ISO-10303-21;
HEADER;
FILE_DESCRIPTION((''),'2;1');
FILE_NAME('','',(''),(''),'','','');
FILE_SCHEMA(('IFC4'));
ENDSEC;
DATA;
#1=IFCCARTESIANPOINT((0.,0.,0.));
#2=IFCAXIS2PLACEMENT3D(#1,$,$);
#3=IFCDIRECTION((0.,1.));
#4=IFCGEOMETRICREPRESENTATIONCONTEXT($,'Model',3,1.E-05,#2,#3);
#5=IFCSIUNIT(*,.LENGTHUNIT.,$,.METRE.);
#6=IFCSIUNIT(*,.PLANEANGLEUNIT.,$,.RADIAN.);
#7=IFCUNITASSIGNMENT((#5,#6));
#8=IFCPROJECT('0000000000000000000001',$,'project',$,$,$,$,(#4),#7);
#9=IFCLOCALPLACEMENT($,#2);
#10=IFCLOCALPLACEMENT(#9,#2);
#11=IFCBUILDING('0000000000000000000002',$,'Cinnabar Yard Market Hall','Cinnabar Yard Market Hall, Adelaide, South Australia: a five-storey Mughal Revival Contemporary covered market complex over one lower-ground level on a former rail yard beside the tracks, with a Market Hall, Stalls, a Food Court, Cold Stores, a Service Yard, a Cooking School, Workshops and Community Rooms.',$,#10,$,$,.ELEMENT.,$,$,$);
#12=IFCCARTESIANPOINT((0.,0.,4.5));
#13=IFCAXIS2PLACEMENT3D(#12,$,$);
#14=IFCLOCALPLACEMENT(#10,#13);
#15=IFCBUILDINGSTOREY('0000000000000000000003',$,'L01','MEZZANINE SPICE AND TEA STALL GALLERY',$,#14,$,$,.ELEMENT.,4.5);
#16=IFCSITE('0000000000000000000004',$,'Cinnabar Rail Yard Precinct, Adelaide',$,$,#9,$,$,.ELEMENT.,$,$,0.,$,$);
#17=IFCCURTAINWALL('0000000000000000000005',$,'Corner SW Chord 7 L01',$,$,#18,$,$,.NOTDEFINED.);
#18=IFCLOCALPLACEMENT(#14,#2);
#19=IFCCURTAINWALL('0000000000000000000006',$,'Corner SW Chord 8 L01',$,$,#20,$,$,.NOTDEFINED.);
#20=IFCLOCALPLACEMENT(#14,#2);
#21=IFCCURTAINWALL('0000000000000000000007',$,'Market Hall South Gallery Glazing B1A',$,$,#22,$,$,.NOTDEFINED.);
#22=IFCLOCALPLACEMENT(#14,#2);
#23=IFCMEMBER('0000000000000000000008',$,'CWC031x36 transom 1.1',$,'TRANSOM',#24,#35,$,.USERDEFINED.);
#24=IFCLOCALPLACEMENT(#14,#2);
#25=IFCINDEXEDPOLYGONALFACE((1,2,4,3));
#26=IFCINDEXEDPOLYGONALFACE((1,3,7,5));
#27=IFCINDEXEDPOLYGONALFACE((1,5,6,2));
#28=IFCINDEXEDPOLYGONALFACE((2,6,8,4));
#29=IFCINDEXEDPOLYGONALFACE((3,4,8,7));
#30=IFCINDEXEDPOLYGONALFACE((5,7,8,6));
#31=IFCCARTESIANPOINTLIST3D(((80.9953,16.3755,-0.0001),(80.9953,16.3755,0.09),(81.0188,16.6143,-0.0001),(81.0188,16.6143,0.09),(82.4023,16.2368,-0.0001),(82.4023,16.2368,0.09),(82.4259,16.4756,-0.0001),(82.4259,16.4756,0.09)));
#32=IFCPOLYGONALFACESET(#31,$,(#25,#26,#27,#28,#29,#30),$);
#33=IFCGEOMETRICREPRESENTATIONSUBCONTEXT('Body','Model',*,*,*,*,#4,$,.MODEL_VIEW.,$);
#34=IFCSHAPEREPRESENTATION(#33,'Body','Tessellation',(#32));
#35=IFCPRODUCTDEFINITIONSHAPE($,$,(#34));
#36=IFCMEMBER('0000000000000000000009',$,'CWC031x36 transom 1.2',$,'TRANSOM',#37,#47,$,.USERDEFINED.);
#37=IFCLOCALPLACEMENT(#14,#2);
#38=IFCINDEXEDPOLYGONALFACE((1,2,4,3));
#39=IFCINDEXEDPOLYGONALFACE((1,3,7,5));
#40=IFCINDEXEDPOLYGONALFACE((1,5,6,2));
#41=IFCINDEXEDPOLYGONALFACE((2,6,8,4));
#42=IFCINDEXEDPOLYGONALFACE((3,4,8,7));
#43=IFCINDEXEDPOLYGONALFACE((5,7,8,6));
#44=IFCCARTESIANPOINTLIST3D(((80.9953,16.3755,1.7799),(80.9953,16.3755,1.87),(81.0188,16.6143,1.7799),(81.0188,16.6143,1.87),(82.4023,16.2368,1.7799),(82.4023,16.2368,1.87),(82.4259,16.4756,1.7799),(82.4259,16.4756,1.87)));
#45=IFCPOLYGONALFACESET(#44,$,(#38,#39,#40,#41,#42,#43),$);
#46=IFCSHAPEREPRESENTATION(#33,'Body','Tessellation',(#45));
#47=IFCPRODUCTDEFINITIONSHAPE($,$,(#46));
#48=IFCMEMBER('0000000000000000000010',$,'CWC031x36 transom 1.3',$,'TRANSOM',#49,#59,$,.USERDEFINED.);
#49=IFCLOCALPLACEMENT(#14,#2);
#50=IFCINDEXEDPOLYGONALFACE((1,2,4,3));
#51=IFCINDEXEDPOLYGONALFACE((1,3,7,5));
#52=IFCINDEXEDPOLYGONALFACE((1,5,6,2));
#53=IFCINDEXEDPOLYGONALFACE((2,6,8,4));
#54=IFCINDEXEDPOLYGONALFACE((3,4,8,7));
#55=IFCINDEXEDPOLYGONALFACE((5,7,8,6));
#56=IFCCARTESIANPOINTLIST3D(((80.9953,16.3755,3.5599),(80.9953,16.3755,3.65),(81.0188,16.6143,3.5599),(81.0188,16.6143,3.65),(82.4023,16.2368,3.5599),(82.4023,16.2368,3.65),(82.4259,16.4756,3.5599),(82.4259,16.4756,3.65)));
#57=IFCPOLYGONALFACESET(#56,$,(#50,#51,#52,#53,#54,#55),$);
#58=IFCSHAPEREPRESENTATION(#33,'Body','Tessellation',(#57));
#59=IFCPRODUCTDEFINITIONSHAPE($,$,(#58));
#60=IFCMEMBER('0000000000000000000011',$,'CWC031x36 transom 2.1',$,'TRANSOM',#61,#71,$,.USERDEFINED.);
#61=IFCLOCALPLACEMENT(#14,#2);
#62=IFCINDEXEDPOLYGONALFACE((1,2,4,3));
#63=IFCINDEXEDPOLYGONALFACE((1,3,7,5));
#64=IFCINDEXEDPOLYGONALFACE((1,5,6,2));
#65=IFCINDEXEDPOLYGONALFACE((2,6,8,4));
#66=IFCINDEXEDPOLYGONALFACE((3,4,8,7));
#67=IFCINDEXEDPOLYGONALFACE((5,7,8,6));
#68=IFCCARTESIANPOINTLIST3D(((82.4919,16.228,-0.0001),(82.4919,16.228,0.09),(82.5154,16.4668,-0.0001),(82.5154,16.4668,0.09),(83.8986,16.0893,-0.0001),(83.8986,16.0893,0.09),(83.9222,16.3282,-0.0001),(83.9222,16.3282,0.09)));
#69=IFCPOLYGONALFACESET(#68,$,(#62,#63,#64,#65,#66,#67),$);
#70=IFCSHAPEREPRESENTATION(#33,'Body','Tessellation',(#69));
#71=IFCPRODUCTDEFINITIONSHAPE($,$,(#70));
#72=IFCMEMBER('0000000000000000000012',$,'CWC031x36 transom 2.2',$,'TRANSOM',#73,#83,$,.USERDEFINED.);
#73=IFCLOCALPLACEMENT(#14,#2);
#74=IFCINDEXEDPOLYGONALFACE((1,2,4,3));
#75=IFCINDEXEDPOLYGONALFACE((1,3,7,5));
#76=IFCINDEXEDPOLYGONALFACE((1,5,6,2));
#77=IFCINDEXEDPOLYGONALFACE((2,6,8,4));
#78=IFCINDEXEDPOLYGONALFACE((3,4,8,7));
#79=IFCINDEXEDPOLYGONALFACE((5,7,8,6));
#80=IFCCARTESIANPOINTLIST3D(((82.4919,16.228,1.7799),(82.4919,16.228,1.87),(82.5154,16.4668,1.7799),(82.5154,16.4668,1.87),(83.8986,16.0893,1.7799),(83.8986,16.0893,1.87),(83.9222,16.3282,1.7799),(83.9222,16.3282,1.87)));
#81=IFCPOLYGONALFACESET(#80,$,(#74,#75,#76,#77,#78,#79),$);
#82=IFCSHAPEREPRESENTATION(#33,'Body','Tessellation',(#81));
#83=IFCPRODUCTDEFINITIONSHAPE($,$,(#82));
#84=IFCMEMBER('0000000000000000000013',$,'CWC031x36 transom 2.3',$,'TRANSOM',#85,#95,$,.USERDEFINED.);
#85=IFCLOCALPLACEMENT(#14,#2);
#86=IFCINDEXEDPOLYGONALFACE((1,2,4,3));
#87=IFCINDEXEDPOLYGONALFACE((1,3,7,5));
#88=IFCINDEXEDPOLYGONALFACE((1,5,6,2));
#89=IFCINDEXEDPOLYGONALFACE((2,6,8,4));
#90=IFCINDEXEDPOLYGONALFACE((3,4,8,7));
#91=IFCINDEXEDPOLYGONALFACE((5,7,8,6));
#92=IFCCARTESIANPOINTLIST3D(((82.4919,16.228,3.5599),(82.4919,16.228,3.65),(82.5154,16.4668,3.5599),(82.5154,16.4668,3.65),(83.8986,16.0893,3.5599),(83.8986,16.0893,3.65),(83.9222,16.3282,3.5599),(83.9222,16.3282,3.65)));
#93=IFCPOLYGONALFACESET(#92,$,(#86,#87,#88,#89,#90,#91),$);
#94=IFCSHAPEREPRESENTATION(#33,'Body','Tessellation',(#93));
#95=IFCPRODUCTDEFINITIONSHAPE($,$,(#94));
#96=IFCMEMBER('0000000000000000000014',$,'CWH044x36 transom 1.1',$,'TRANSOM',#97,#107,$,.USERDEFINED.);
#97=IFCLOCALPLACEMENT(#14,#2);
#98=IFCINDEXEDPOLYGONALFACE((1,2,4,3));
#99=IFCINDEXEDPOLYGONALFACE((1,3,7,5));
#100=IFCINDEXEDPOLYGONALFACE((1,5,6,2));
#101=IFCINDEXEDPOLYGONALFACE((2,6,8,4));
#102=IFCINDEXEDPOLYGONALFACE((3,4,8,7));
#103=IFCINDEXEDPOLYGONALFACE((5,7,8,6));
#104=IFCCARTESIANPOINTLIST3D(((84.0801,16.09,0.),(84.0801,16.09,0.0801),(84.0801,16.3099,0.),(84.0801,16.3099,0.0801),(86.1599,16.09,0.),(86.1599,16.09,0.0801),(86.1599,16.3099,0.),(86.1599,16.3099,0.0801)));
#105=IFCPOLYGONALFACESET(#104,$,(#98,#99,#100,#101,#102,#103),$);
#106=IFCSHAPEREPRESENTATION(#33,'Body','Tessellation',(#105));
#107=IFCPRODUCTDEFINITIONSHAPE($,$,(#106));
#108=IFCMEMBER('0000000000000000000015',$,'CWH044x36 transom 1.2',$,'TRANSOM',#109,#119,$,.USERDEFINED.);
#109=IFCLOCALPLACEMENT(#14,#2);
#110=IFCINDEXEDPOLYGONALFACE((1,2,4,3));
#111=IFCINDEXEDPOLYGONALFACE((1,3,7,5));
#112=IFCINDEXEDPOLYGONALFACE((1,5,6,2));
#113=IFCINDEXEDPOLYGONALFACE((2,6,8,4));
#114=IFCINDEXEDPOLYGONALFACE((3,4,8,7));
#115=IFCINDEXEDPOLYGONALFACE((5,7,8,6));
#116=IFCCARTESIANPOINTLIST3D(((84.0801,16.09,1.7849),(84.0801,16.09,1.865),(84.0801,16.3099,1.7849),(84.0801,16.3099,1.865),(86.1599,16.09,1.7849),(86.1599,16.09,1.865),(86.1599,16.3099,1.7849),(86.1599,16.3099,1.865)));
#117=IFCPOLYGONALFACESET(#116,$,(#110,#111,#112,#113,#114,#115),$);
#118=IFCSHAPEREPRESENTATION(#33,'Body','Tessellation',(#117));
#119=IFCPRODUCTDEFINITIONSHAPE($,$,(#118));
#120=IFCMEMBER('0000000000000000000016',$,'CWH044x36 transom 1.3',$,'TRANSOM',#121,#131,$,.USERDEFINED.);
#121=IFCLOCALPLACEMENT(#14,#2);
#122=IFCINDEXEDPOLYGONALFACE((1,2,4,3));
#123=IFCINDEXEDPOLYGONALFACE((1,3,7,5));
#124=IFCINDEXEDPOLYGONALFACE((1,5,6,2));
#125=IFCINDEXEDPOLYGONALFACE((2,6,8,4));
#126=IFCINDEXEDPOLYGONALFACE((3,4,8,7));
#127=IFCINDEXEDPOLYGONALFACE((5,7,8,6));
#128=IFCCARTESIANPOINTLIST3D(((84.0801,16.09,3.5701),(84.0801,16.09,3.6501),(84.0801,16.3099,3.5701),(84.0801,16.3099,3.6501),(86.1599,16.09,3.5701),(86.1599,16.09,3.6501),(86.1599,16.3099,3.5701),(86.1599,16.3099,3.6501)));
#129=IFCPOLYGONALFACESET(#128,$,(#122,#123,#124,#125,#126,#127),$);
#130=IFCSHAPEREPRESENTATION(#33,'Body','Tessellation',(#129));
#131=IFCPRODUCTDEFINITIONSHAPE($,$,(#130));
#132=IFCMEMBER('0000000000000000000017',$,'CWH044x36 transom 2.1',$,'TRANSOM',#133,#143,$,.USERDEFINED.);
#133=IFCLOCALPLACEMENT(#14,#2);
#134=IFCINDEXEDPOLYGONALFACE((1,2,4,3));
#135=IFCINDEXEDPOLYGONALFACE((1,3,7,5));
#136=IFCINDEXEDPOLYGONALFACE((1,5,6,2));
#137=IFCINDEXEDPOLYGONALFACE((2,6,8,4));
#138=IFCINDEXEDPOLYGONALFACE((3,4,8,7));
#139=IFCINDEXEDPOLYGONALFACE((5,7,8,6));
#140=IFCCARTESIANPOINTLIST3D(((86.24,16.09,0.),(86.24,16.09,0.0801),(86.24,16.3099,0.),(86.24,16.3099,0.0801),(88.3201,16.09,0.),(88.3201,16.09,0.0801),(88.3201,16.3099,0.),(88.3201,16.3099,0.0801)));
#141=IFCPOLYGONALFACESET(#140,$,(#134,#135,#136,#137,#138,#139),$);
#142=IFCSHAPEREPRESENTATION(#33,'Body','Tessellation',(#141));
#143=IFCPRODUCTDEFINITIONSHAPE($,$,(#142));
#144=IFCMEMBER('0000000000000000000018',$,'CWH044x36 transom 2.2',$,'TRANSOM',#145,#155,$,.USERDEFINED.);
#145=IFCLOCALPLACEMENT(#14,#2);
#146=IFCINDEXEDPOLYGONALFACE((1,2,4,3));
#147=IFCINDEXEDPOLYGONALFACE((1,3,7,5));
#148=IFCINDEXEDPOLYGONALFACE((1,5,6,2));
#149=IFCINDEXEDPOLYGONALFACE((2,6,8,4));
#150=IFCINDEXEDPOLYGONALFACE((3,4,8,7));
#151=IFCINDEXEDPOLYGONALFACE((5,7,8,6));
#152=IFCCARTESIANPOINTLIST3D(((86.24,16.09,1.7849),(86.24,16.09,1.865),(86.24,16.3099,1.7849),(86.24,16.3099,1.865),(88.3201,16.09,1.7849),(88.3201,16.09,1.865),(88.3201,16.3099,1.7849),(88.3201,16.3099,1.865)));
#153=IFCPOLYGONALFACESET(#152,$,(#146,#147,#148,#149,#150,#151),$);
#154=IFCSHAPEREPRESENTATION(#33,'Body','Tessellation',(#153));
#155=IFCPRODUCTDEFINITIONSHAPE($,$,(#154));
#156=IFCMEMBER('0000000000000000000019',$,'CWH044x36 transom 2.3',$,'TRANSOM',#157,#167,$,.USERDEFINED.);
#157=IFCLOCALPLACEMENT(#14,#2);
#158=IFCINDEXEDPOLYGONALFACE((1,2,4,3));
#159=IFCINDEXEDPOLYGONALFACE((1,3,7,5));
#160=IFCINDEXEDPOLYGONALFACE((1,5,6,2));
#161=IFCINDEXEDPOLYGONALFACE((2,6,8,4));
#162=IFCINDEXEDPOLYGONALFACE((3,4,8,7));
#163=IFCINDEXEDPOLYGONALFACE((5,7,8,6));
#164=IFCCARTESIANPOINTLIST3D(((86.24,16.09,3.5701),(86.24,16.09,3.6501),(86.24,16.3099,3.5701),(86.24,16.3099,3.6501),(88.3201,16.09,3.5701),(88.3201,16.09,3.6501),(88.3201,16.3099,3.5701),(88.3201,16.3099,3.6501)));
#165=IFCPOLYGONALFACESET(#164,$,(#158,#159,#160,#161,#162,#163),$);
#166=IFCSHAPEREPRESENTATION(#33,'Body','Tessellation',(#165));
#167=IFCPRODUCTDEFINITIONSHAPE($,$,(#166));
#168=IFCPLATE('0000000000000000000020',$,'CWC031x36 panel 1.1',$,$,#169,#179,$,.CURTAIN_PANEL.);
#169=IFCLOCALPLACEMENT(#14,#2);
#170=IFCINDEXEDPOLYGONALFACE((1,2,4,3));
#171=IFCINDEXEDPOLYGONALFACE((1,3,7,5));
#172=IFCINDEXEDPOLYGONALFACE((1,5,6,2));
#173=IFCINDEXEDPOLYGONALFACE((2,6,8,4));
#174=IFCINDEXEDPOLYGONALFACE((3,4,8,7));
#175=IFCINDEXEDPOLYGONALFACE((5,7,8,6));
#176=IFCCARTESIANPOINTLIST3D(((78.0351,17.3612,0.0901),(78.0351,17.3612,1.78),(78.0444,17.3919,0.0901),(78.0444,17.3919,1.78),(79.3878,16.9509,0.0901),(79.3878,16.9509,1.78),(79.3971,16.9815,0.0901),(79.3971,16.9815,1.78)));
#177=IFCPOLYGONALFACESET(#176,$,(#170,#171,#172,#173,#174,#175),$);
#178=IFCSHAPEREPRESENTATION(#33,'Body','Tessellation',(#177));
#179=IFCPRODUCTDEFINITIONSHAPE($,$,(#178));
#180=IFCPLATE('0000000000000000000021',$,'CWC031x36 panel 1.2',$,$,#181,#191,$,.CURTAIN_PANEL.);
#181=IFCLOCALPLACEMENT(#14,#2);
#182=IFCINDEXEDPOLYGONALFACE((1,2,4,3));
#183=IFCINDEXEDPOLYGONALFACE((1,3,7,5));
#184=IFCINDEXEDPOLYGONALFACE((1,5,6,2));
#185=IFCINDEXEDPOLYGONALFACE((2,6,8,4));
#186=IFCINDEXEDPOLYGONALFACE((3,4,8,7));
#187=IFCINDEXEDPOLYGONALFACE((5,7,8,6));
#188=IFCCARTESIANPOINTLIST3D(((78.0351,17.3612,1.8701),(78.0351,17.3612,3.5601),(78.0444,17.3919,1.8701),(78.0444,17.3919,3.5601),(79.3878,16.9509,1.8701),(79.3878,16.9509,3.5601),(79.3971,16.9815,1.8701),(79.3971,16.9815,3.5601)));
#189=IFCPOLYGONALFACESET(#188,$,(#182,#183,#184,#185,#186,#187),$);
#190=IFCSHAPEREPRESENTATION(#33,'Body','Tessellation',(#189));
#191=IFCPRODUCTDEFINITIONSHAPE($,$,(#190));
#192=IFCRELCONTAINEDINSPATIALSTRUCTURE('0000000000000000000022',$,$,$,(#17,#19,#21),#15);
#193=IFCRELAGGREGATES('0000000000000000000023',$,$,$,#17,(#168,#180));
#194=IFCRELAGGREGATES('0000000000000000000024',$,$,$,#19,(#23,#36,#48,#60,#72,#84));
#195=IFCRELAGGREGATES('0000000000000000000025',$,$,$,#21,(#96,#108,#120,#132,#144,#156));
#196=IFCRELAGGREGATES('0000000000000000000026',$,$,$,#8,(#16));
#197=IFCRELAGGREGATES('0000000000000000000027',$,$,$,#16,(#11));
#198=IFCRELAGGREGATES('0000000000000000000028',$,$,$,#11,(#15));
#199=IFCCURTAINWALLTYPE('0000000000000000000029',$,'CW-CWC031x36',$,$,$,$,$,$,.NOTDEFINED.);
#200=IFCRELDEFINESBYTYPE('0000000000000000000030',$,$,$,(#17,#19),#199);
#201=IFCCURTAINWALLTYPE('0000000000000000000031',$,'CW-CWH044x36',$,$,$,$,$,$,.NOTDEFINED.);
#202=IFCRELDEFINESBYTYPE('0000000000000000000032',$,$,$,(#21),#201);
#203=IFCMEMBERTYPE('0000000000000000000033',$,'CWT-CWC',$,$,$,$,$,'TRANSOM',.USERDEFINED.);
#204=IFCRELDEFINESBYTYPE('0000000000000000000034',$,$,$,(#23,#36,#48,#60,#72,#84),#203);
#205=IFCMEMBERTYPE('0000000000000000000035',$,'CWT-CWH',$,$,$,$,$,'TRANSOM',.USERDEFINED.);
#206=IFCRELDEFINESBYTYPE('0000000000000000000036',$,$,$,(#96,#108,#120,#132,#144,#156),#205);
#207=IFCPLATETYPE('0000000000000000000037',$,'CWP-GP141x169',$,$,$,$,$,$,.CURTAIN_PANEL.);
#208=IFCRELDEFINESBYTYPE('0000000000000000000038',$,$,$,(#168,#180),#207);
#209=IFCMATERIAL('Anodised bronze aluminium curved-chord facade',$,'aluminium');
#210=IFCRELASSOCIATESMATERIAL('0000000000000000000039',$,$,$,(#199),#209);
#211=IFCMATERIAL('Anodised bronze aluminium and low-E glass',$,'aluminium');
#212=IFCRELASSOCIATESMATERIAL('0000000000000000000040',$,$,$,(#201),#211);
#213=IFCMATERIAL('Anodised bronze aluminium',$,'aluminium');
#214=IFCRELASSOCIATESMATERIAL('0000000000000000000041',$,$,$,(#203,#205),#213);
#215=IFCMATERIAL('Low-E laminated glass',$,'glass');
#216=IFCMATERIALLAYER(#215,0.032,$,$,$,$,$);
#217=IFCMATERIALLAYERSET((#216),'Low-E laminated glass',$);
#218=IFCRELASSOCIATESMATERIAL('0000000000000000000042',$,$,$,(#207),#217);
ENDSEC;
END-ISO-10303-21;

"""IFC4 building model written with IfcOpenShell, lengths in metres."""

from ifc_helpers import new_model, si_unit, direction, frame, origin, origin_2d_with_axis, place, context, subcontext, project, spatial, rectangle, extrude, material, layer, layer_set, material_profile, profile_set, type_object, element, aggregate, save


model = new_model("IFC4")

# Units and contexts
model_context = context("Model", 3, precision=1e-05, world=origin(), true_north=direction((0.0, 1.0)))
body_context = subcontext(model_context, "Body", "Model", "MODEL_VIEW")
ifc_project = project(units=[si_unit("LENGTHUNIT", "METRE"), si_unit("PLANEANGLEUNIT", "RADIAN")], contexts=[model_context])

# Site, building, storey
site_placement = place(None, origin())
site = spatial("IfcSite", under=ifc_project, at=site_placement, Name="Cinnabar Rail Yard Precinct, Adelaide", CompositionType="ELEMENT", RefElevation=0.0)
building_placement = place(site_placement, origin())
building = spatial("IfcBuilding", under=site, at=building_placement, Name="Cinnabar Yard Market Hall", Description="Cinnabar Yard Market Hall, Adelaide, South Australia: a five-storey Mughal Revival Contemporary covered market complex over one lower-ground level on a former rail yard beside the tracks, with a Market Hall, Stalls, a Food Court, Cold Stores, a Service Yard, a Cooking School, Workshops and Community Rooms.", CompositionType="ELEMENT")
storey_placement = place(building_placement, frame((0.0, 0.0, 4.5)))
storey = spatial("IfcBuildingStorey", under=building, at=storey_placement, Name="L01", Description="MEZZANINE SPICE AND TEA STALL GALLERY", CompositionType="ELEMENT", Elevation=4.5)

# Curtain walls
ifc_material_1 = material(Name="Anodised bronze aluminium curved-chord facade", Category="aluminium")
curtain_wall_type_1 = type_object("IfcCurtainWallType", Name="CW-CWC031x36", PredefinedType="NOTDEFINED", material=ifc_material_1)
curtain_wall_1_placement = place(storey_placement, origin())
curtain_wall_1 = element("IfcCurtainWall", 1, at=curtain_wall_1_placement, inside=storey, type_object=curtain_wall_type_1, Name="Corner SW Chord 7 L01", PredefinedType="NOTDEFINED")
ifc_material_2 = material(Name="Anodised bronze aluminium", Category="aluminium")
curtain_wall_2_placement = place(storey_placement, origin())
curtain_wall_2 = element("IfcCurtainWall", 2, at=curtain_wall_2_placement, inside=storey, type_object=curtain_wall_type_1, Name="Corner SW Chord 8 L01", PredefinedType="NOTDEFINED")
ifc_material_3 = material(Name="Anodised bronze aluminium and low-E glass", Category="aluminium")
curtain_wall_type_2 = type_object("IfcCurtainWallType", Name="CW-CWH044x36", PredefinedType="NOTDEFINED", material=ifc_material_3)
curtain_wall_3_placement = place(storey_placement, origin())
curtain_wall_3 = element("IfcCurtainWall", 3, at=curtain_wall_3_placement, inside=storey, type_object=curtain_wall_type_2, Name="Market Hall South Gallery Glazing B1A", PredefinedType="NOTDEFINED")

# Members
ifc_material_profile_1 = material_profile(ifc_material_2, rectangle(XDim=0.24, YDim=0.0901, at=origin_2d_with_axis()), Name="TRN-CWC")
ifc_profile_set_1 = profile_set([ifc_material_profile_1], Name="Anodised bronze aluminium")
member_type_1 = type_object("IfcMemberType", Name="CWT-CWC", ElementType="TRANSOM", PredefinedType="USERDEFINED", material=ifc_profile_set_1)
member_1_placement = place(storey_placement, frame((81.0071, 16.4949, 0.0449), z_axis=(0.995178, -0.098085, 0.0), x_axis=(0.098085, 0.995178, 0.0)))
member_1 = element("IfcMember", 4, at=member_1_placement, type_object=member_type_1, Name="CWC031x36 transom 1.1", ObjectType="TRANSOM", PredefinedType="USERDEFINED", context=body_context, shape_type="SweptSolid", body=[
    extrude(rectangle(XDim=0.24, YDim=0.0901, at=origin_2d_with_axis()), origin(), (0.0, 0.0, 1.0), 1.4138),
])
member_2_placement = place(storey_placement, frame((81.0071, 16.4949, 1.825), z_axis=(0.995178, -0.098085, 0.0), x_axis=(0.098085, 0.995178, 0.0)))
member_2 = element("IfcMember", 5, at=member_2_placement, type_object=member_type_1, Name="CWC031x36 transom 1.2", ObjectType="TRANSOM", PredefinedType="USERDEFINED", context=body_context, shape_type="SweptSolid", body=[
    extrude(rectangle(XDim=0.24, YDim=0.0901, at=origin_2d_with_axis()), origin(), (0.0, 0.0, 1.0), 1.4138),
])
member_3_placement = place(storey_placement, frame((81.0071, 16.4949, 3.605), z_axis=(0.995178, -0.098085, 0.0), x_axis=(0.098085, 0.995178, 0.0)))
member_3 = element("IfcMember", 6, at=member_3_placement, type_object=member_type_1, Name="CWC031x36 transom 1.3", ObjectType="TRANSOM", PredefinedType="USERDEFINED", context=body_context, shape_type="SweptSolid", body=[
    extrude(rectangle(XDim=0.24, YDim=0.0901, at=origin_2d_with_axis()), origin(), (0.0, 0.0, 1.0), 1.4138),
])
member_4_placement = place(storey_placement, frame((82.5037, 16.3474, 0.0449), z_axis=(0.995176, -0.098101, 0.0), x_axis=(0.098101, 0.995176, 0.0)))
member_4 = element("IfcMember", 7, at=member_4_placement, type_object=member_type_1, Name="CWC031x36 transom 2.1", ObjectType="TRANSOM", PredefinedType="USERDEFINED", context=body_context, shape_type="SweptSolid", body=[
    extrude(rectangle(XDim=0.24, YDim=0.0901, at=origin_2d_with_axis()), origin(), (0.0, 0.0, 1.0), 1.4136),
])
member_5_placement = place(storey_placement, frame((82.5037, 16.3474, 1.825), z_axis=(0.995176, -0.098101, 0.0), x_axis=(0.098101, 0.995176, 0.0)))
member_5 = element("IfcMember", 8, at=member_5_placement, type_object=member_type_1, Name="CWC031x36 transom 2.2", ObjectType="TRANSOM", PredefinedType="USERDEFINED", context=body_context, shape_type="SweptSolid", body=[
    extrude(rectangle(XDim=0.24, YDim=0.0901, at=origin_2d_with_axis()), origin(), (0.0, 0.0, 1.0), 1.4136),
])
member_6_placement = place(storey_placement, frame((82.5037, 16.3474, 3.605), z_axis=(0.995176, -0.098101, 0.0), x_axis=(0.098101, 0.995176, 0.0)))
member_6 = element("IfcMember", 9, at=member_6_placement, type_object=member_type_1, Name="CWC031x36 transom 2.3", ObjectType="TRANSOM", PredefinedType="USERDEFINED", context=body_context, shape_type="SweptSolid", body=[
    extrude(rectangle(XDim=0.24, YDim=0.0901, at=origin_2d_with_axis()), origin(), (0.0, 0.0, 1.0), 1.4136),
])
ifc_material_profile_2 = material_profile(ifc_material_2, rectangle(XDim=0.22, YDim=0.0801, at=origin_2d_with_axis()), Name="TRN-CWH")
ifc_profile_set_2 = profile_set([ifc_material_profile_2], Name="Anodised bronze aluminium")
member_type_2 = type_object("IfcMemberType", Name="CWT-CWH", ElementType="TRANSOM", PredefinedType="USERDEFINED", material=ifc_profile_set_2)
member_7_placement = place(storey_placement, frame((84.0801, 16.2, 0.04), z_axis=(1.0, 0.0, 0.0), x_axis=(0.0, 1.0, 0.0)))
member_7 = element("IfcMember", 10, at=member_7_placement, type_object=member_type_2, Name="CWH044x36 transom 1.1", ObjectType="TRANSOM", PredefinedType="USERDEFINED", context=body_context, shape_type="SweptSolid", body=[
    extrude(rectangle(XDim=0.22, YDim=0.0801, at=origin_2d_with_axis()), origin(), (0.0, 0.0, 1.0), 2.0798),
])
member_8_placement = place(storey_placement, frame((84.0801, 16.2, 1.825), z_axis=(1.0, 0.0, 0.0), x_axis=(0.0, 1.0, 0.0)))
member_8 = element("IfcMember", 11, at=member_8_placement, type_object=member_type_2, Name="CWH044x36 transom 1.2", ObjectType="TRANSOM", PredefinedType="USERDEFINED", context=body_context, shape_type="SweptSolid", body=[
    extrude(rectangle(XDim=0.22, YDim=0.0801, at=origin_2d_with_axis()), origin(), (0.0, 0.0, 1.0), 2.0798),
])
member_9_placement = place(storey_placement, frame((84.0801, 16.2, 3.6101), z_axis=(1.0, 0.0, 0.0), x_axis=(0.0, 1.0, 0.0)))
member_9 = element("IfcMember", 12, at=member_9_placement, type_object=member_type_2, Name="CWH044x36 transom 1.3", ObjectType="TRANSOM", PredefinedType="USERDEFINED", context=body_context, shape_type="SweptSolid", body=[
    extrude(rectangle(XDim=0.22, YDim=0.0801, at=origin_2d_with_axis()), origin(), (0.0, 0.0, 1.0), 2.0798),
])
member_10_placement = place(storey_placement, frame((86.24, 16.2, 0.04), z_axis=(1.0, 0.0, 0.0), x_axis=(0.0, 1.0, 0.0)))
member_10 = element("IfcMember", 13, at=member_10_placement, type_object=member_type_2, Name="CWH044x36 transom 2.1", ObjectType="TRANSOM", PredefinedType="USERDEFINED", context=body_context, shape_type="SweptSolid", body=[
    extrude(rectangle(XDim=0.22, YDim=0.0801, at=origin_2d_with_axis()), origin(), (0.0, 0.0, 1.0), 2.0801),
])
member_11_placement = place(storey_placement, frame((86.24, 16.2, 1.825), z_axis=(1.0, 0.0, 0.0), x_axis=(0.0, 1.0, 0.0)))
member_11 = element("IfcMember", 14, at=member_11_placement, type_object=member_type_2, Name="CWH044x36 transom 2.2", ObjectType="TRANSOM", PredefinedType="USERDEFINED", context=body_context, shape_type="SweptSolid", body=[
    extrude(rectangle(XDim=0.22, YDim=0.0801, at=origin_2d_with_axis()), origin(), (0.0, 0.0, 1.0), 2.0801),
])
member_12_placement = place(storey_placement, frame((86.24, 16.2, 3.6101), z_axis=(1.0, 0.0, 0.0), x_axis=(0.0, 1.0, 0.0)))
member_12 = element("IfcMember", 15, at=member_12_placement, type_object=member_type_2, Name="CWH044x36 transom 2.3", ObjectType="TRANSOM", PredefinedType="USERDEFINED", context=body_context, shape_type="SweptSolid", body=[
    extrude(rectangle(XDim=0.22, YDim=0.0801, at=origin_2d_with_axis()), origin(), (0.0, 0.0, 1.0), 2.0801),
])

# Plates
ifc_material_4 = material(Name="Low-E laminated glass", Category="glass")
ifc_layer_1 = layer(ifc_material_4, 0.032)
ifc_layer_set_1 = layer_set([ifc_layer_1], Name="Low-E laminated glass")
plate_type_1 = type_object("IfcPlateType", Name="CWP-GP141x169", PredefinedType="CURTAIN_PANEL", material=ifc_layer_set_1)
plate_1_placement = place(storey_placement, frame((78.7161, 17.1714, 0.0901), z_axis=(0.0, 0.0, 1.0), x_axis=(0.956942, -0.290279, 0.0)))
plate_1 = element("IfcPlate", 16, at=plate_1_placement, type_object=plate_type_1, Name="CWC031x36 panel 1.1", PredefinedType="CURTAIN_PANEL", context=body_context, shape_type="SweptSolid", body=[
    extrude(rectangle(XDim=1.4136, YDim=0.032, at=origin_2d_with_axis()), origin(), (0.0, 0.0, 1.0), 1.6899),
])
plate_2_placement = place(storey_placement, frame((78.7161, 17.1714, 1.8701), z_axis=(0.0, 0.0, 1.0), x_axis=(0.956942, -0.290279, 0.0)))
plate_2 = element("IfcPlate", 17, at=plate_2_placement, type_object=plate_type_1, Name="CWC031x36 panel 1.2", PredefinedType="CURTAIN_PANEL", context=body_context, shape_type="SweptSolid", body=[
    extrude(rectangle(XDim=1.4136, YDim=0.032, at=origin_2d_with_axis()), origin(), (0.0, 0.0, 1.0), 1.6899),
])
aggregate(curtain_wall_1, [plate_1, plate_2])
aggregate(curtain_wall_2, [member_1, member_2, member_3, member_4, member_5, member_6])
aggregate(curtain_wall_3, [member_7, member_8, member_9, member_10, member_11, member_12])

save(model, "model.ifc")
